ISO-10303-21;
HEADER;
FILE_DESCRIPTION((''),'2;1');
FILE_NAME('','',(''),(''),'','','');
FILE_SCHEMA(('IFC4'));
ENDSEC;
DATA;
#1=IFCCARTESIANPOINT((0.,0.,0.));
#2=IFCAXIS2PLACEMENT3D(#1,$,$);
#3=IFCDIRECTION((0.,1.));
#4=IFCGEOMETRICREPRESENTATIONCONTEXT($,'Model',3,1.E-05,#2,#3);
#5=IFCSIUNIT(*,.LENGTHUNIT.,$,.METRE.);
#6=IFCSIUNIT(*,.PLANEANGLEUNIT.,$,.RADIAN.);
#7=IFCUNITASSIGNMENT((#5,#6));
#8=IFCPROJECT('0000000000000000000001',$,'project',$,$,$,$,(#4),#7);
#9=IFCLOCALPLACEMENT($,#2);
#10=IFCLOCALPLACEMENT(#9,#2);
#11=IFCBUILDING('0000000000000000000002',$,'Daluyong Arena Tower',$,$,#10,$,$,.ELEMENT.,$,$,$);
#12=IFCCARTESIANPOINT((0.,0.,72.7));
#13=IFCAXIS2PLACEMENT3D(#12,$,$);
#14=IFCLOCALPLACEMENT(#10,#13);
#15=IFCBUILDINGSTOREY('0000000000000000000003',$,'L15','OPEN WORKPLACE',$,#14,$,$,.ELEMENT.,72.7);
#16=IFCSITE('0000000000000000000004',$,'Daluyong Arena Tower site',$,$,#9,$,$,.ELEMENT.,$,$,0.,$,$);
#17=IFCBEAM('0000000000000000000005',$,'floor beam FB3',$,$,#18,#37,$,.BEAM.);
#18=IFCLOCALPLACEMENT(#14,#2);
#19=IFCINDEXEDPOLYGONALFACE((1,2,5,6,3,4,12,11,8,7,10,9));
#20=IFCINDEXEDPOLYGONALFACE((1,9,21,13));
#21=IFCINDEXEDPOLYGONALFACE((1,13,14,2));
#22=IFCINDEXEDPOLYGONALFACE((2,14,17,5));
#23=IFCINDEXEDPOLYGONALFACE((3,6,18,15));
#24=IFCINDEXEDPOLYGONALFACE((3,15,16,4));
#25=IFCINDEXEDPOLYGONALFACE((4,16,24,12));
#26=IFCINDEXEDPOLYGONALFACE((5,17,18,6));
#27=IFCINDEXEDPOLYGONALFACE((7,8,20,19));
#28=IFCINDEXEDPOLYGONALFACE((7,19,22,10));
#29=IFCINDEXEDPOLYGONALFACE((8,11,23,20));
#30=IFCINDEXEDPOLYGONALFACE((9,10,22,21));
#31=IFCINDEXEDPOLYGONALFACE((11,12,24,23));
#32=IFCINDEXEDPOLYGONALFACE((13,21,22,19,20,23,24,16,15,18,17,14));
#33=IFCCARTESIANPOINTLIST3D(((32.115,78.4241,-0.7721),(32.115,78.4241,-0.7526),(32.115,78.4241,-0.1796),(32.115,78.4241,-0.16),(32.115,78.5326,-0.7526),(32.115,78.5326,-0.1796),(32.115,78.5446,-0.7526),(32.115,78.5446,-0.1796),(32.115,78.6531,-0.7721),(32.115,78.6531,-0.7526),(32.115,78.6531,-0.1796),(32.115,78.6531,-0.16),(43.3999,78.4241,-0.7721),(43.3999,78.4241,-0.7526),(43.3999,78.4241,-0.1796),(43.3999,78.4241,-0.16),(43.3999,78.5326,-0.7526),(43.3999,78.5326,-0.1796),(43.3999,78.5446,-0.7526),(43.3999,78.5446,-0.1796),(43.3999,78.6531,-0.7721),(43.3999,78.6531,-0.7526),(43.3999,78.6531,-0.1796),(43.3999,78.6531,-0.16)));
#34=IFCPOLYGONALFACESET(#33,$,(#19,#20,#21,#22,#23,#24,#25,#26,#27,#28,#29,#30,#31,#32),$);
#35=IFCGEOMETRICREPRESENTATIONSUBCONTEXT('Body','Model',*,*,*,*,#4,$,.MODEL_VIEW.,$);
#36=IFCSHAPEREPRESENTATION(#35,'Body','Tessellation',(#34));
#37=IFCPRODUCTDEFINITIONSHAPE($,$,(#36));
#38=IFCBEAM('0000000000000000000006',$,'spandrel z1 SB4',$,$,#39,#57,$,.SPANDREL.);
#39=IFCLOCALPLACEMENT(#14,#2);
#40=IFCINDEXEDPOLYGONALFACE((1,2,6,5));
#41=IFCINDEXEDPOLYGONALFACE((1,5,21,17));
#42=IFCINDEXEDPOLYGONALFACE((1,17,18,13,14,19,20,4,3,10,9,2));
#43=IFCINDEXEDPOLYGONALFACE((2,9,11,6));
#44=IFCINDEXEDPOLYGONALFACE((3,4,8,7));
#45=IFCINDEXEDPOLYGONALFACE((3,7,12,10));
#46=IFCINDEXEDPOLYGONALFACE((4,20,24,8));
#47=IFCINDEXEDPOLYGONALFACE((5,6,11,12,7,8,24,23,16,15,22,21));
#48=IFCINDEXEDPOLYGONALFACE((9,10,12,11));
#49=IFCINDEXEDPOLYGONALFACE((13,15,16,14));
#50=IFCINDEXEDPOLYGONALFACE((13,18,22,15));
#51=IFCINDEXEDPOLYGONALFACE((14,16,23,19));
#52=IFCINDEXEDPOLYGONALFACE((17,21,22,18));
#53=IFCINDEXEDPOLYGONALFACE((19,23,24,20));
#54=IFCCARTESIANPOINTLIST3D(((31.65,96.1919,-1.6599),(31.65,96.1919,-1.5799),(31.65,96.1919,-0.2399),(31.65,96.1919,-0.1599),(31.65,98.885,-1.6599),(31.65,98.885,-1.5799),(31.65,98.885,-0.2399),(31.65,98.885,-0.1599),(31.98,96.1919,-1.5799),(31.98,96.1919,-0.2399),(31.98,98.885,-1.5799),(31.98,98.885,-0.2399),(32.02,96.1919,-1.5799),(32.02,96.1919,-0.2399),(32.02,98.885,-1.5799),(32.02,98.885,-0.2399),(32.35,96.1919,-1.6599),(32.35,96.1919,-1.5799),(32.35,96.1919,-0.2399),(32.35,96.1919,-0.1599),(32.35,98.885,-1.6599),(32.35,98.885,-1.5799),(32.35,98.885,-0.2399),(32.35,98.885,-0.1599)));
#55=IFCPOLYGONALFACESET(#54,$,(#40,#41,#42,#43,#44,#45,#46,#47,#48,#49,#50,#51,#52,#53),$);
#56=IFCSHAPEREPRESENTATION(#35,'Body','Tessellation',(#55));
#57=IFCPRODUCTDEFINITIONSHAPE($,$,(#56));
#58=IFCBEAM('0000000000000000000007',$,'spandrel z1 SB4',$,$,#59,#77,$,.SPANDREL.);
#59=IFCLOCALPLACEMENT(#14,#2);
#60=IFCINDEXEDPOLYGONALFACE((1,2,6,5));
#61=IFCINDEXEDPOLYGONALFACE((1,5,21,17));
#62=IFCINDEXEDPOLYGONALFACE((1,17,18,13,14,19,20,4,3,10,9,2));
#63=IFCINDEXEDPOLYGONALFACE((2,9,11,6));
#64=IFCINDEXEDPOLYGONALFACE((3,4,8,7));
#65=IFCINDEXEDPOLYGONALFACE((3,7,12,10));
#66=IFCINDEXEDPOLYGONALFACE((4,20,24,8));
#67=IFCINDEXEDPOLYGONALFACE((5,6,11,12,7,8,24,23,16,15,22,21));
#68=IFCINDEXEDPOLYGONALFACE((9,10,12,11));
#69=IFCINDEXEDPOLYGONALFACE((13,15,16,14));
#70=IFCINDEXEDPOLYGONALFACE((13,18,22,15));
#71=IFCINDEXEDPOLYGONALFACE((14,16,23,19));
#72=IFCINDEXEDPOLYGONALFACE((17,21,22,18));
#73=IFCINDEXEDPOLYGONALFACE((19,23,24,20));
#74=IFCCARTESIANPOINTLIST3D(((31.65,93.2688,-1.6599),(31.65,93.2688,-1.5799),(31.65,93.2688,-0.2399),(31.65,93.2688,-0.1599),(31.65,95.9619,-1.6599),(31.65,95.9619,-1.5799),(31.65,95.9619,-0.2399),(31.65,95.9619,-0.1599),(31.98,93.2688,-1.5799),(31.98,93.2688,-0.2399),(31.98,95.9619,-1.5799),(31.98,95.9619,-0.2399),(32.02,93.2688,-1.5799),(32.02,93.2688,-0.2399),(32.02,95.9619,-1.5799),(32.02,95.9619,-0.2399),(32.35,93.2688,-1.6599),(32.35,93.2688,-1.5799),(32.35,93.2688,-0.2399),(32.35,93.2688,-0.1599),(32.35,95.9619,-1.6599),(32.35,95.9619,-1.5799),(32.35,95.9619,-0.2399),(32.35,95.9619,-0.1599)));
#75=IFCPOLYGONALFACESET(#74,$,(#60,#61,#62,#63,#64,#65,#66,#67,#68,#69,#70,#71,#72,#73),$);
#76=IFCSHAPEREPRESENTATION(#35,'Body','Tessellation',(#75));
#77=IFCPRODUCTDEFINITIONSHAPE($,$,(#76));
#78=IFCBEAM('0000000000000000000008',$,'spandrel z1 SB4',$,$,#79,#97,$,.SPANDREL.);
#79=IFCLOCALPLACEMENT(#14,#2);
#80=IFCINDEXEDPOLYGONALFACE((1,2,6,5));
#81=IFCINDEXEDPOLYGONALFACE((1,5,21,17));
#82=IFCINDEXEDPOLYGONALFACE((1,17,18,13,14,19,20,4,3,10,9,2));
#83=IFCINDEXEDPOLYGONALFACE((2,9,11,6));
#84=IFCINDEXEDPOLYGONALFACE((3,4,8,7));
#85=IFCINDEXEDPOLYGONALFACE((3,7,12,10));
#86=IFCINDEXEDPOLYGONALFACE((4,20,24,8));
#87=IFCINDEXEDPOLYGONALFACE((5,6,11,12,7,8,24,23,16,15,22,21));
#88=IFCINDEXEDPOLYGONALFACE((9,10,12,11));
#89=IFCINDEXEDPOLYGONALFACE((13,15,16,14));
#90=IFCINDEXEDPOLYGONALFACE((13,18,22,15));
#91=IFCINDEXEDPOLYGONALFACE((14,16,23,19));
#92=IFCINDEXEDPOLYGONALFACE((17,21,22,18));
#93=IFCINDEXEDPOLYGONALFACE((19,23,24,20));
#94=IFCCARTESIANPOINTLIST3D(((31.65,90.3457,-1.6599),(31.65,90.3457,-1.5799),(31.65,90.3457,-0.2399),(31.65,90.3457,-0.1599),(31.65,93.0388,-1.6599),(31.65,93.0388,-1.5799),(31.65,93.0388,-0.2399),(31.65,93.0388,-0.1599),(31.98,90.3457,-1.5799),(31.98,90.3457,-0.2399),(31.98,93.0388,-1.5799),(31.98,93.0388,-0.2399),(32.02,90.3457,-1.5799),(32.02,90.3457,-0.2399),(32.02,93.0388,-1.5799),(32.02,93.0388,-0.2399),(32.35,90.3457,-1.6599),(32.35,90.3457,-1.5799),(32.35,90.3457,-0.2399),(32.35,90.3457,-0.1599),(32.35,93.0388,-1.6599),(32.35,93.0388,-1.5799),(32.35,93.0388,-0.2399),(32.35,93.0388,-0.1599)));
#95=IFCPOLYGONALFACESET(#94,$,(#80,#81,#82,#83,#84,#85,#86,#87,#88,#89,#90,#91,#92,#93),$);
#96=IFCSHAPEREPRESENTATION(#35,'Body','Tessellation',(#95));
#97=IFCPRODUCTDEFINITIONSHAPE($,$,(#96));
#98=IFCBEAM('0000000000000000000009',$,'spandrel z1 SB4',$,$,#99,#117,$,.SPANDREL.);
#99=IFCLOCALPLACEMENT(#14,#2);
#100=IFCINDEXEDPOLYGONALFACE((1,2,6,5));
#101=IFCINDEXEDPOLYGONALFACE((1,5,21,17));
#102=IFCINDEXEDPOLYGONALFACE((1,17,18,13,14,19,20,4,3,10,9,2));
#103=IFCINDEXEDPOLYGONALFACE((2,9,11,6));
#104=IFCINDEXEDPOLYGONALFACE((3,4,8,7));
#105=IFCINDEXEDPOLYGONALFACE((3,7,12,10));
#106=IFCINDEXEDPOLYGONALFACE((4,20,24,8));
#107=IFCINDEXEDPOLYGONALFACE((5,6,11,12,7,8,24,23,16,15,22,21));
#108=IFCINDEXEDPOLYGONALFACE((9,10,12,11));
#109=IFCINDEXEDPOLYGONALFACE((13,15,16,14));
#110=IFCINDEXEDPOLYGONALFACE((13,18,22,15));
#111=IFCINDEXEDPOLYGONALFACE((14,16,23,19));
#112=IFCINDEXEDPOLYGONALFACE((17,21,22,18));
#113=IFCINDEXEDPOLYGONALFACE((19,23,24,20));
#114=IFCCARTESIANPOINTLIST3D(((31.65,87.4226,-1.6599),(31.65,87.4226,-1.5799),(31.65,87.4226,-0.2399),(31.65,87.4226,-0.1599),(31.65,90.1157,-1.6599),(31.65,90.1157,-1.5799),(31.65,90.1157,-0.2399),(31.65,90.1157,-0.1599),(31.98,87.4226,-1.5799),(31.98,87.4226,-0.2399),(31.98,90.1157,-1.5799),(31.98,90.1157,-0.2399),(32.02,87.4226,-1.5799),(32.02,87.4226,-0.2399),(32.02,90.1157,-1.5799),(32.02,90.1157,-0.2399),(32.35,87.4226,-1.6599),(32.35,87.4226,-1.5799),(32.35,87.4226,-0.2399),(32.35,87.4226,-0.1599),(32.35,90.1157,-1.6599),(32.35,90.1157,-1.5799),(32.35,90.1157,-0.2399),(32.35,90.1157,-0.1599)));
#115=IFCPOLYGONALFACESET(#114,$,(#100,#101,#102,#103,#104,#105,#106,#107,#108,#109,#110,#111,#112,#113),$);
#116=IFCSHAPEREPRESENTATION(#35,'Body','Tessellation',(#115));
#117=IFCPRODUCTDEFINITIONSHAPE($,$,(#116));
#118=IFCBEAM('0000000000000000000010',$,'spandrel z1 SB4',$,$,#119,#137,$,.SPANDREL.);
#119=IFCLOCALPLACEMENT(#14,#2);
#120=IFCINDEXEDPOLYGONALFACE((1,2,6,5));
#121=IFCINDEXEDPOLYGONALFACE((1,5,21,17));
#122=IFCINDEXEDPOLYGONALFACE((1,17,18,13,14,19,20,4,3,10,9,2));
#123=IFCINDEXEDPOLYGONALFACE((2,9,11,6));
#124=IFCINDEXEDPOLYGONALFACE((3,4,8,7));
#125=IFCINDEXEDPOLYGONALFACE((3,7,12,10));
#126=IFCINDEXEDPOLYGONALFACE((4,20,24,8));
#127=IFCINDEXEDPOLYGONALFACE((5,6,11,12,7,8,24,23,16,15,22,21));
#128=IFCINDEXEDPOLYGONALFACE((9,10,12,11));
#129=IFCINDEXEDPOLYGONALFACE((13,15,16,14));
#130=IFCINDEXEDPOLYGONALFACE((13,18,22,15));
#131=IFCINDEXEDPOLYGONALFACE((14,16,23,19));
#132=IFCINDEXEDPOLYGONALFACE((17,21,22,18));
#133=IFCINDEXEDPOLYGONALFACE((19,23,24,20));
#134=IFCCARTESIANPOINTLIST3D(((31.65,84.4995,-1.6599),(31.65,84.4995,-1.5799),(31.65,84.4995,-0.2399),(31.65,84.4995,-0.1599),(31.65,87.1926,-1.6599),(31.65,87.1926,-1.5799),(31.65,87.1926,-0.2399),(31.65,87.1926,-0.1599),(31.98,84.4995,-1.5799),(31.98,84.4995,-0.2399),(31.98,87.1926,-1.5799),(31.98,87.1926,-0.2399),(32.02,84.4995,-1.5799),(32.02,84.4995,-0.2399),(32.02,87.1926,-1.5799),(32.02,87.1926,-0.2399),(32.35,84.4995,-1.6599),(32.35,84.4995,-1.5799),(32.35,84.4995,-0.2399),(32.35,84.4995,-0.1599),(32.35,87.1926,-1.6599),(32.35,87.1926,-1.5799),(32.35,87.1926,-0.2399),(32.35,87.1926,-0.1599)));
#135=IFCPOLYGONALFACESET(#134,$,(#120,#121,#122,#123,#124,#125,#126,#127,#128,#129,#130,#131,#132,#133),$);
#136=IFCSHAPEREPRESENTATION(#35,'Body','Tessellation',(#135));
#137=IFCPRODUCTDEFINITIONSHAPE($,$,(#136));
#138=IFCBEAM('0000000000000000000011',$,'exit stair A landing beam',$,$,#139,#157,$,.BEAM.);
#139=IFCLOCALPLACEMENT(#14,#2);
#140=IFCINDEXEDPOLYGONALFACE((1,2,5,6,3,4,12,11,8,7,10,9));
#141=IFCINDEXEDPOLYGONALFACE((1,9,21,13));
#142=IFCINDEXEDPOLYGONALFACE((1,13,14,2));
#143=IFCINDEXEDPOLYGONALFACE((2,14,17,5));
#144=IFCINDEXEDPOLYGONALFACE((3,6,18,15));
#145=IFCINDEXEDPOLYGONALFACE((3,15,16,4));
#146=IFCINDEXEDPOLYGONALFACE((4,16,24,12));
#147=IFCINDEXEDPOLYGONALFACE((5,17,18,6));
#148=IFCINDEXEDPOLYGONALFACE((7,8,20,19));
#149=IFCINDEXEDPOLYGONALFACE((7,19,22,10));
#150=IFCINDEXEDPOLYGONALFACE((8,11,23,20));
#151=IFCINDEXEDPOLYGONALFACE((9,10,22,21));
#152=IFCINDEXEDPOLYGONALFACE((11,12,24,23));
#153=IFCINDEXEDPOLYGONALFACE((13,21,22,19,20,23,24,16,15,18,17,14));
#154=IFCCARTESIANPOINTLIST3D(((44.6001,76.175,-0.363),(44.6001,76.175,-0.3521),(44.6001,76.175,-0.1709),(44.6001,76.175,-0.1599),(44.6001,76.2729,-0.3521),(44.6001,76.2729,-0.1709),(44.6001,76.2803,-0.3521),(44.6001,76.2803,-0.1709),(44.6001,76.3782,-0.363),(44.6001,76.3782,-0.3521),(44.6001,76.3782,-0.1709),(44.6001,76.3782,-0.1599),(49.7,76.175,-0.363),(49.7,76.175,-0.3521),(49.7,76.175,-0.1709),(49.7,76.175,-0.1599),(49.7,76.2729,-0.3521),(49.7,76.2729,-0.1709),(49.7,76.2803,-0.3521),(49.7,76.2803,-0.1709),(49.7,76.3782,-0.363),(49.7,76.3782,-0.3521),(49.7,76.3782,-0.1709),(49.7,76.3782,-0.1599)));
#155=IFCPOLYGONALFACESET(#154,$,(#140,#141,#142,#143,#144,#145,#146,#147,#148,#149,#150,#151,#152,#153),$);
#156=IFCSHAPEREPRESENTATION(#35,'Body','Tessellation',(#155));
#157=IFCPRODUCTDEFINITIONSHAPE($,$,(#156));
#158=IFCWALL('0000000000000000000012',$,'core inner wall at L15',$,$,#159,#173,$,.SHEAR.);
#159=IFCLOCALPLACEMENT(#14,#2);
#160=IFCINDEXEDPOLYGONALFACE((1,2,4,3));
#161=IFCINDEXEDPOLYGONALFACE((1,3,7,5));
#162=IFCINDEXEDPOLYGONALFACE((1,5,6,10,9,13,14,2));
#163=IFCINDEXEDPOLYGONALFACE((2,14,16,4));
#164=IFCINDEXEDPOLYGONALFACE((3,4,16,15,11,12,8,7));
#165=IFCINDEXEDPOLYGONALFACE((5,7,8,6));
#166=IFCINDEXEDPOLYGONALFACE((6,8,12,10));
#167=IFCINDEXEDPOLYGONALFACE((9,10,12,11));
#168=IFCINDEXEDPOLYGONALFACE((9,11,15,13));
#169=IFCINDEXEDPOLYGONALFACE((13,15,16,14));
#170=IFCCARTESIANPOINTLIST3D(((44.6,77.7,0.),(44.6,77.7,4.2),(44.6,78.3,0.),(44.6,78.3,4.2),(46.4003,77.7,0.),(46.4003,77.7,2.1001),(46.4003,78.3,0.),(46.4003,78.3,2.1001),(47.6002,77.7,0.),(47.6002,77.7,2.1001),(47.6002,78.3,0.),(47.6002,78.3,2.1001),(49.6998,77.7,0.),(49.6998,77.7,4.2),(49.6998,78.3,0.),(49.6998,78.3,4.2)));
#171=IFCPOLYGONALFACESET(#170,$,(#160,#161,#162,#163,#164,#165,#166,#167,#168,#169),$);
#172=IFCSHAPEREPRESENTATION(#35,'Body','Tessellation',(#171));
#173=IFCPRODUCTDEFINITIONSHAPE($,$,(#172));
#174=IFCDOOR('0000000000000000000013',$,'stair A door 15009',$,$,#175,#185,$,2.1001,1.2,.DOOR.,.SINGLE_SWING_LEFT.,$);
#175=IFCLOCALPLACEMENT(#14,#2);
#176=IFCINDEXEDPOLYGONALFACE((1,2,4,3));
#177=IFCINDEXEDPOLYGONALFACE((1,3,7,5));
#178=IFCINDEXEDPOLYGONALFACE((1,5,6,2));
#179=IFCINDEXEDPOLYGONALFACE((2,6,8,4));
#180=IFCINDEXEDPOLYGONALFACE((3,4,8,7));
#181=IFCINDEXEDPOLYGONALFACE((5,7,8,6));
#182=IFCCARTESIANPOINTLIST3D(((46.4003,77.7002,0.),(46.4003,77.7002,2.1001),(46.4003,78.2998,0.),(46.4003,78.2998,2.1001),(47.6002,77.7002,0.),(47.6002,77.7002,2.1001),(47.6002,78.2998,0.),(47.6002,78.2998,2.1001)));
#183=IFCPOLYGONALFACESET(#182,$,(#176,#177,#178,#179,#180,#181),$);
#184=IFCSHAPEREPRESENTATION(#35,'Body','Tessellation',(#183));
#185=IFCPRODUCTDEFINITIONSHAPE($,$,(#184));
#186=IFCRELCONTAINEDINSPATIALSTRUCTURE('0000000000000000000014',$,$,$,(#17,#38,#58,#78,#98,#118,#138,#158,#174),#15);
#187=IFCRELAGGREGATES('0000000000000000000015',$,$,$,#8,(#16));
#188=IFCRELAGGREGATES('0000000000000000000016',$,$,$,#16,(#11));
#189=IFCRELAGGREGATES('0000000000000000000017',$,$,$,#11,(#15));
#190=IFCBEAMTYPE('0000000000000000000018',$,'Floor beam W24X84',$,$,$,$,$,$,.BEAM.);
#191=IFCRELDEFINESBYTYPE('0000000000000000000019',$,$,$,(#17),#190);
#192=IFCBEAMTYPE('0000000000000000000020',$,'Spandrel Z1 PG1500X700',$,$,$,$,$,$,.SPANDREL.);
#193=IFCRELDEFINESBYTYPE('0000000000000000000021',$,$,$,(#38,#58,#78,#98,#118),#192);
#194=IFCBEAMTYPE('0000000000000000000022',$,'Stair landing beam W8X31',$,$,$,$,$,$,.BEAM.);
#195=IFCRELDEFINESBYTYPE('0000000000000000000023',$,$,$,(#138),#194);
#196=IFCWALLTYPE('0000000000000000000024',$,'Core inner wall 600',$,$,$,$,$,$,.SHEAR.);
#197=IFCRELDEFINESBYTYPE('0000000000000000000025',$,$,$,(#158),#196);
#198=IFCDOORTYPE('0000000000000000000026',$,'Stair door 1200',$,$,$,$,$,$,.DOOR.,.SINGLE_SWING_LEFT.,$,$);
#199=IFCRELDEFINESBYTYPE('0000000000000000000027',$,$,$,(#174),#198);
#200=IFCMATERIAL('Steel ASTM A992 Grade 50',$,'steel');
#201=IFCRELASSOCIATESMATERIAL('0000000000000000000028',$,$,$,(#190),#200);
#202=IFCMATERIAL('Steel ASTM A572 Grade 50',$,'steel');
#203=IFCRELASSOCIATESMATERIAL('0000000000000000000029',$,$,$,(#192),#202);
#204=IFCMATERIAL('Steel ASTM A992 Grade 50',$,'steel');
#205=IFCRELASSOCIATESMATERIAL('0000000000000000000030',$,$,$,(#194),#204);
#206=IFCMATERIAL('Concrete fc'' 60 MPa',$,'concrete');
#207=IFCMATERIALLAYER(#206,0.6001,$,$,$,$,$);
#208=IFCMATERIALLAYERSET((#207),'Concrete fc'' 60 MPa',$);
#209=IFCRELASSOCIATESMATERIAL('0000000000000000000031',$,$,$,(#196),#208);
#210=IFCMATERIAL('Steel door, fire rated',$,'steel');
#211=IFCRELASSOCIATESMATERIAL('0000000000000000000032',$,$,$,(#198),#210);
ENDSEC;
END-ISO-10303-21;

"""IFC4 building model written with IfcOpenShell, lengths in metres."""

from ifc_helpers import new_model, si_unit, direction, frame, frame_2d, origin, origin_2d, place, context, subcontext, project, spatial, rectangle, i_section, extrude, material, layer, layer_set, material_profile, profile_set, type_object, element, fill, save


model = new_model("IFC4")

# Units and contexts
model_context = context("Model", 3, precision=1e-05, world=origin(), true_north=direction((0.0, 1.0)))
body_context = subcontext(model_context, "Body", "Model", "MODEL_VIEW")
ifc_project = project(units=[si_unit("LENGTHUNIT", "METRE"), si_unit("PLANEANGLEUNIT", "RADIAN")], contexts=[model_context])

# Site, building, storey
site_placement = place(None, origin())
site = spatial("IfcSite", under=ifc_project, at=site_placement, Name="Daluyong Arena Tower site", CompositionType="ELEMENT", RefElevation=0.0)
building_placement = place(site_placement, origin())
building = spatial("IfcBuilding", under=site, at=building_placement, Name="Daluyong Arena Tower", CompositionType="ELEMENT")
storey_placement = place(building_placement, frame((0.0, 0.0, 72.7)))
storey = spatial("IfcBuildingStorey", under=building, at=storey_placement, Name="L15", Description="OPEN WORKPLACE", CompositionType="ELEMENT", Elevation=72.7)

# Beams
ifc_material_1 = material(Name="Steel ASTM A992 Grade 50", Category="steel")
ifc_material_profile_1 = material_profile(ifc_material_1, i_section(OverallWidth=0.229, OverallDepth=0.6121, WebThickness=0.012, FlangeThickness=0.0195, at=origin_2d()))
ifc_profile_set_1 = profile_set([ifc_material_profile_1], Name="Steel ASTM A992 Grade 50")
beam_type_1 = type_object("IfcBeamType", Name="Floor beam W24X84", PredefinedType="BEAM", material=ifc_profile_set_1)
for number, where, z_axis, x_axis, name in (
    (1, (32.115, 78.5386, -0.4661), (1.0, 0.0, 0.0), (0.0, 1.0, 0.0), "floor beam FB3"),
):
    element("IfcBeam", number, at=place(storey_placement, frame(where, z_axis=z_axis, x_axis=x_axis)), inside=storey, type_object=beam_type_1, Name=name, PredefinedType="BEAM", context=body_context, shape_type="SweptSolid", body=[
        extrude(i_section(OverallWidth=0.229, OverallDepth=0.6121, WebThickness=0.012, FlangeThickness=0.0195, at=origin_2d()), origin(), (0.0, 0.0, 1.0), 11.2849),
    ])
ifc_material_2 = material(Name="Steel ASTM A572 Grade 50", Category="steel")
ifc_material_profile_2 = material_profile(ifc_material_2, i_section(OverallWidth=0.7, OverallDepth=1.5, WebThickness=0.04, FlangeThickness=0.08, at=origin_2d()))
ifc_profile_set_2 = profile_set([ifc_material_profile_2], Name="Steel ASTM A572 Grade 50")
beam_type_2 = type_object("IfcBeamType", Name="Spandrel Z1 PG1500X700", PredefinedType="SPANDREL", material=ifc_profile_set_2)
for number, where, z_axis, x_axis, name in (
    (2, (32.0, 98.885, -0.9099), (0.0, -1.0, 0.0), (1.0, 0.0, 0.0), "spandrel z1 SB4"),
    (3, (32.0, 95.9619, -0.9099), (0.0, -1.0, 0.0), (1.0, 0.0, 0.0), "spandrel z1 SB4"),
    (4, (32.0, 93.0388, -0.9099), (0.0, -1.0, 0.0), (1.0, 0.0, 0.0), "spandrel z1 SB4"),
    (5, (32.0, 90.1157, -0.9099), (0.0, -1.0, 0.0), (1.0, 0.0, 0.0), "spandrel z1 SB4"),
    (6, (32.0, 87.1926, -0.9099), (0.0, -1.0, 0.0), (1.0, 0.0, 0.0), "spandrel z1 SB4"),
):
    element("IfcBeam", number, at=place(storey_placement, frame(where, z_axis=z_axis, x_axis=x_axis)), inside=storey, type_object=beam_type_2, Name=name, PredefinedType="SPANDREL", context=body_context, shape_type="SweptSolid", body=[
        extrude(i_section(OverallWidth=0.7, OverallDepth=1.5, WebThickness=0.04, FlangeThickness=0.08, at=origin_2d()), origin(), (0.0, 0.0, 1.0), 2.6931),
    ])
ifc_material_3 = material(Name="Steel ASTM A992 Grade 50", Category="steel")
ifc_material_profile_3 = material_profile(ifc_material_3, i_section(OverallWidth=0.2031, OverallDepth=0.2031, WebThickness=0.0073, FlangeThickness=0.011, at=origin_2d()))
ifc_profile_set_3 = profile_set([ifc_material_profile_3], Name="Steel ASTM A992 Grade 50")
beam_type_3 = type_object("IfcBeamType", Name="Stair landing beam W8X31", PredefinedType="BEAM", material=ifc_profile_set_3)
beam_1_placement = place(storey_placement, frame((44.6001, 76.2766, -0.2615), z_axis=(1.0, 0.0, 0.0), x_axis=(0.0, 1.0, 0.0)))
element("IfcBeam", 7, at=beam_1_placement, inside=storey, type_object=beam_type_3, Name="exit stair A landing beam", PredefinedType="BEAM", context=body_context, shape_type="SweptSolid", body=[
    extrude(i_section(OverallWidth=0.2031, OverallDepth=0.2031, WebThickness=0.0073, FlangeThickness=0.011, at=origin_2d()), origin(), (0.0, 0.0, 1.0), 5.0999),
])

# Wall, opening, door
ifc_material_4 = material(Name="Concrete fc' 60 MPa", Category="concrete")
ifc_layer_1 = layer(ifc_material_4, 0.6001)
ifc_layer_set_1 = layer_set([ifc_layer_1], Name="Concrete fc' 60 MPa")
wall_type_1 = type_object("IfcWallType", Name="Core inner wall 600", PredefinedType="SHEAR", material=ifc_layer_set_1)
wall_1_placement = place(storey_placement, frame((44.6001, 78.0, 0.0), z_axis=(0.0, 0.0, 1.0), x_axis=(1.0, 0.0, 0.0)))
wall_1 = element("IfcWall", 8, at=wall_1_placement, inside=storey, type_object=wall_type_1, Name="core inner wall at L15", PredefinedType="SHEAR", context=body_context, shape_type="SweptSolid", body=[
    extrude(rectangle(XDim=5.0999, YDim=0.6001, at=frame_2d((2.5498, 0.0))), origin(), (0.0, 0.0, 1.0), 4.2),
])
opening_1_placement = place(wall_1_placement, frame((1.8, 0.0, 0.0)))
opening_1 = element("IfcOpeningElement", 9, at=opening_1_placement, cuts=wall_1, PredefinedType="OPENING", context=body_context, shape_type="SweptSolid", body=[
    extrude(rectangle(XDim=1.2, YDim=2.1001, at=frame_2d((0.6001, 1.05))), frame((0.0, 0.3101, 0.0), z_axis=(0.0, -1.0, 0.0), x_axis=(1.0, 0.0, 0.0)), (0.0, 0.0, 1.0), 0.6201),
])
ifc_material_5 = material(Name="Steel door, fire rated", Category="steel")
door_type_1 = type_object("IfcDoorType", Name="Stair door 1200", OperationType="SINGLE_SWING_LEFT", PredefinedType="DOOR", material=ifc_material_5)
door_1_placement = place(opening_1_placement, origin())
door_1 = element("IfcDoor", 10, at=door_1_placement, inside=storey, type_object=door_type_1, Name="stair A door 15009", OperationType="SINGLE_SWING_LEFT", OverallHeight=2.1001, OverallWidth=1.2, PredefinedType="DOOR", context=body_context, shape_type="SweptSolid", body=[
    extrude(rectangle(XDim=1.2, YDim=2.1001, at=frame_2d((0.6001, 1.05))), frame((0.0, 0.2998, 0.0), z_axis=(0.0, -1.0, 0.0), x_axis=(1.0, 0.0, 0.0)), (0.0, 0.0, 1.0), 0.5996),
])
fill(opening_1, door_1)

save(model, "model.ifc")
